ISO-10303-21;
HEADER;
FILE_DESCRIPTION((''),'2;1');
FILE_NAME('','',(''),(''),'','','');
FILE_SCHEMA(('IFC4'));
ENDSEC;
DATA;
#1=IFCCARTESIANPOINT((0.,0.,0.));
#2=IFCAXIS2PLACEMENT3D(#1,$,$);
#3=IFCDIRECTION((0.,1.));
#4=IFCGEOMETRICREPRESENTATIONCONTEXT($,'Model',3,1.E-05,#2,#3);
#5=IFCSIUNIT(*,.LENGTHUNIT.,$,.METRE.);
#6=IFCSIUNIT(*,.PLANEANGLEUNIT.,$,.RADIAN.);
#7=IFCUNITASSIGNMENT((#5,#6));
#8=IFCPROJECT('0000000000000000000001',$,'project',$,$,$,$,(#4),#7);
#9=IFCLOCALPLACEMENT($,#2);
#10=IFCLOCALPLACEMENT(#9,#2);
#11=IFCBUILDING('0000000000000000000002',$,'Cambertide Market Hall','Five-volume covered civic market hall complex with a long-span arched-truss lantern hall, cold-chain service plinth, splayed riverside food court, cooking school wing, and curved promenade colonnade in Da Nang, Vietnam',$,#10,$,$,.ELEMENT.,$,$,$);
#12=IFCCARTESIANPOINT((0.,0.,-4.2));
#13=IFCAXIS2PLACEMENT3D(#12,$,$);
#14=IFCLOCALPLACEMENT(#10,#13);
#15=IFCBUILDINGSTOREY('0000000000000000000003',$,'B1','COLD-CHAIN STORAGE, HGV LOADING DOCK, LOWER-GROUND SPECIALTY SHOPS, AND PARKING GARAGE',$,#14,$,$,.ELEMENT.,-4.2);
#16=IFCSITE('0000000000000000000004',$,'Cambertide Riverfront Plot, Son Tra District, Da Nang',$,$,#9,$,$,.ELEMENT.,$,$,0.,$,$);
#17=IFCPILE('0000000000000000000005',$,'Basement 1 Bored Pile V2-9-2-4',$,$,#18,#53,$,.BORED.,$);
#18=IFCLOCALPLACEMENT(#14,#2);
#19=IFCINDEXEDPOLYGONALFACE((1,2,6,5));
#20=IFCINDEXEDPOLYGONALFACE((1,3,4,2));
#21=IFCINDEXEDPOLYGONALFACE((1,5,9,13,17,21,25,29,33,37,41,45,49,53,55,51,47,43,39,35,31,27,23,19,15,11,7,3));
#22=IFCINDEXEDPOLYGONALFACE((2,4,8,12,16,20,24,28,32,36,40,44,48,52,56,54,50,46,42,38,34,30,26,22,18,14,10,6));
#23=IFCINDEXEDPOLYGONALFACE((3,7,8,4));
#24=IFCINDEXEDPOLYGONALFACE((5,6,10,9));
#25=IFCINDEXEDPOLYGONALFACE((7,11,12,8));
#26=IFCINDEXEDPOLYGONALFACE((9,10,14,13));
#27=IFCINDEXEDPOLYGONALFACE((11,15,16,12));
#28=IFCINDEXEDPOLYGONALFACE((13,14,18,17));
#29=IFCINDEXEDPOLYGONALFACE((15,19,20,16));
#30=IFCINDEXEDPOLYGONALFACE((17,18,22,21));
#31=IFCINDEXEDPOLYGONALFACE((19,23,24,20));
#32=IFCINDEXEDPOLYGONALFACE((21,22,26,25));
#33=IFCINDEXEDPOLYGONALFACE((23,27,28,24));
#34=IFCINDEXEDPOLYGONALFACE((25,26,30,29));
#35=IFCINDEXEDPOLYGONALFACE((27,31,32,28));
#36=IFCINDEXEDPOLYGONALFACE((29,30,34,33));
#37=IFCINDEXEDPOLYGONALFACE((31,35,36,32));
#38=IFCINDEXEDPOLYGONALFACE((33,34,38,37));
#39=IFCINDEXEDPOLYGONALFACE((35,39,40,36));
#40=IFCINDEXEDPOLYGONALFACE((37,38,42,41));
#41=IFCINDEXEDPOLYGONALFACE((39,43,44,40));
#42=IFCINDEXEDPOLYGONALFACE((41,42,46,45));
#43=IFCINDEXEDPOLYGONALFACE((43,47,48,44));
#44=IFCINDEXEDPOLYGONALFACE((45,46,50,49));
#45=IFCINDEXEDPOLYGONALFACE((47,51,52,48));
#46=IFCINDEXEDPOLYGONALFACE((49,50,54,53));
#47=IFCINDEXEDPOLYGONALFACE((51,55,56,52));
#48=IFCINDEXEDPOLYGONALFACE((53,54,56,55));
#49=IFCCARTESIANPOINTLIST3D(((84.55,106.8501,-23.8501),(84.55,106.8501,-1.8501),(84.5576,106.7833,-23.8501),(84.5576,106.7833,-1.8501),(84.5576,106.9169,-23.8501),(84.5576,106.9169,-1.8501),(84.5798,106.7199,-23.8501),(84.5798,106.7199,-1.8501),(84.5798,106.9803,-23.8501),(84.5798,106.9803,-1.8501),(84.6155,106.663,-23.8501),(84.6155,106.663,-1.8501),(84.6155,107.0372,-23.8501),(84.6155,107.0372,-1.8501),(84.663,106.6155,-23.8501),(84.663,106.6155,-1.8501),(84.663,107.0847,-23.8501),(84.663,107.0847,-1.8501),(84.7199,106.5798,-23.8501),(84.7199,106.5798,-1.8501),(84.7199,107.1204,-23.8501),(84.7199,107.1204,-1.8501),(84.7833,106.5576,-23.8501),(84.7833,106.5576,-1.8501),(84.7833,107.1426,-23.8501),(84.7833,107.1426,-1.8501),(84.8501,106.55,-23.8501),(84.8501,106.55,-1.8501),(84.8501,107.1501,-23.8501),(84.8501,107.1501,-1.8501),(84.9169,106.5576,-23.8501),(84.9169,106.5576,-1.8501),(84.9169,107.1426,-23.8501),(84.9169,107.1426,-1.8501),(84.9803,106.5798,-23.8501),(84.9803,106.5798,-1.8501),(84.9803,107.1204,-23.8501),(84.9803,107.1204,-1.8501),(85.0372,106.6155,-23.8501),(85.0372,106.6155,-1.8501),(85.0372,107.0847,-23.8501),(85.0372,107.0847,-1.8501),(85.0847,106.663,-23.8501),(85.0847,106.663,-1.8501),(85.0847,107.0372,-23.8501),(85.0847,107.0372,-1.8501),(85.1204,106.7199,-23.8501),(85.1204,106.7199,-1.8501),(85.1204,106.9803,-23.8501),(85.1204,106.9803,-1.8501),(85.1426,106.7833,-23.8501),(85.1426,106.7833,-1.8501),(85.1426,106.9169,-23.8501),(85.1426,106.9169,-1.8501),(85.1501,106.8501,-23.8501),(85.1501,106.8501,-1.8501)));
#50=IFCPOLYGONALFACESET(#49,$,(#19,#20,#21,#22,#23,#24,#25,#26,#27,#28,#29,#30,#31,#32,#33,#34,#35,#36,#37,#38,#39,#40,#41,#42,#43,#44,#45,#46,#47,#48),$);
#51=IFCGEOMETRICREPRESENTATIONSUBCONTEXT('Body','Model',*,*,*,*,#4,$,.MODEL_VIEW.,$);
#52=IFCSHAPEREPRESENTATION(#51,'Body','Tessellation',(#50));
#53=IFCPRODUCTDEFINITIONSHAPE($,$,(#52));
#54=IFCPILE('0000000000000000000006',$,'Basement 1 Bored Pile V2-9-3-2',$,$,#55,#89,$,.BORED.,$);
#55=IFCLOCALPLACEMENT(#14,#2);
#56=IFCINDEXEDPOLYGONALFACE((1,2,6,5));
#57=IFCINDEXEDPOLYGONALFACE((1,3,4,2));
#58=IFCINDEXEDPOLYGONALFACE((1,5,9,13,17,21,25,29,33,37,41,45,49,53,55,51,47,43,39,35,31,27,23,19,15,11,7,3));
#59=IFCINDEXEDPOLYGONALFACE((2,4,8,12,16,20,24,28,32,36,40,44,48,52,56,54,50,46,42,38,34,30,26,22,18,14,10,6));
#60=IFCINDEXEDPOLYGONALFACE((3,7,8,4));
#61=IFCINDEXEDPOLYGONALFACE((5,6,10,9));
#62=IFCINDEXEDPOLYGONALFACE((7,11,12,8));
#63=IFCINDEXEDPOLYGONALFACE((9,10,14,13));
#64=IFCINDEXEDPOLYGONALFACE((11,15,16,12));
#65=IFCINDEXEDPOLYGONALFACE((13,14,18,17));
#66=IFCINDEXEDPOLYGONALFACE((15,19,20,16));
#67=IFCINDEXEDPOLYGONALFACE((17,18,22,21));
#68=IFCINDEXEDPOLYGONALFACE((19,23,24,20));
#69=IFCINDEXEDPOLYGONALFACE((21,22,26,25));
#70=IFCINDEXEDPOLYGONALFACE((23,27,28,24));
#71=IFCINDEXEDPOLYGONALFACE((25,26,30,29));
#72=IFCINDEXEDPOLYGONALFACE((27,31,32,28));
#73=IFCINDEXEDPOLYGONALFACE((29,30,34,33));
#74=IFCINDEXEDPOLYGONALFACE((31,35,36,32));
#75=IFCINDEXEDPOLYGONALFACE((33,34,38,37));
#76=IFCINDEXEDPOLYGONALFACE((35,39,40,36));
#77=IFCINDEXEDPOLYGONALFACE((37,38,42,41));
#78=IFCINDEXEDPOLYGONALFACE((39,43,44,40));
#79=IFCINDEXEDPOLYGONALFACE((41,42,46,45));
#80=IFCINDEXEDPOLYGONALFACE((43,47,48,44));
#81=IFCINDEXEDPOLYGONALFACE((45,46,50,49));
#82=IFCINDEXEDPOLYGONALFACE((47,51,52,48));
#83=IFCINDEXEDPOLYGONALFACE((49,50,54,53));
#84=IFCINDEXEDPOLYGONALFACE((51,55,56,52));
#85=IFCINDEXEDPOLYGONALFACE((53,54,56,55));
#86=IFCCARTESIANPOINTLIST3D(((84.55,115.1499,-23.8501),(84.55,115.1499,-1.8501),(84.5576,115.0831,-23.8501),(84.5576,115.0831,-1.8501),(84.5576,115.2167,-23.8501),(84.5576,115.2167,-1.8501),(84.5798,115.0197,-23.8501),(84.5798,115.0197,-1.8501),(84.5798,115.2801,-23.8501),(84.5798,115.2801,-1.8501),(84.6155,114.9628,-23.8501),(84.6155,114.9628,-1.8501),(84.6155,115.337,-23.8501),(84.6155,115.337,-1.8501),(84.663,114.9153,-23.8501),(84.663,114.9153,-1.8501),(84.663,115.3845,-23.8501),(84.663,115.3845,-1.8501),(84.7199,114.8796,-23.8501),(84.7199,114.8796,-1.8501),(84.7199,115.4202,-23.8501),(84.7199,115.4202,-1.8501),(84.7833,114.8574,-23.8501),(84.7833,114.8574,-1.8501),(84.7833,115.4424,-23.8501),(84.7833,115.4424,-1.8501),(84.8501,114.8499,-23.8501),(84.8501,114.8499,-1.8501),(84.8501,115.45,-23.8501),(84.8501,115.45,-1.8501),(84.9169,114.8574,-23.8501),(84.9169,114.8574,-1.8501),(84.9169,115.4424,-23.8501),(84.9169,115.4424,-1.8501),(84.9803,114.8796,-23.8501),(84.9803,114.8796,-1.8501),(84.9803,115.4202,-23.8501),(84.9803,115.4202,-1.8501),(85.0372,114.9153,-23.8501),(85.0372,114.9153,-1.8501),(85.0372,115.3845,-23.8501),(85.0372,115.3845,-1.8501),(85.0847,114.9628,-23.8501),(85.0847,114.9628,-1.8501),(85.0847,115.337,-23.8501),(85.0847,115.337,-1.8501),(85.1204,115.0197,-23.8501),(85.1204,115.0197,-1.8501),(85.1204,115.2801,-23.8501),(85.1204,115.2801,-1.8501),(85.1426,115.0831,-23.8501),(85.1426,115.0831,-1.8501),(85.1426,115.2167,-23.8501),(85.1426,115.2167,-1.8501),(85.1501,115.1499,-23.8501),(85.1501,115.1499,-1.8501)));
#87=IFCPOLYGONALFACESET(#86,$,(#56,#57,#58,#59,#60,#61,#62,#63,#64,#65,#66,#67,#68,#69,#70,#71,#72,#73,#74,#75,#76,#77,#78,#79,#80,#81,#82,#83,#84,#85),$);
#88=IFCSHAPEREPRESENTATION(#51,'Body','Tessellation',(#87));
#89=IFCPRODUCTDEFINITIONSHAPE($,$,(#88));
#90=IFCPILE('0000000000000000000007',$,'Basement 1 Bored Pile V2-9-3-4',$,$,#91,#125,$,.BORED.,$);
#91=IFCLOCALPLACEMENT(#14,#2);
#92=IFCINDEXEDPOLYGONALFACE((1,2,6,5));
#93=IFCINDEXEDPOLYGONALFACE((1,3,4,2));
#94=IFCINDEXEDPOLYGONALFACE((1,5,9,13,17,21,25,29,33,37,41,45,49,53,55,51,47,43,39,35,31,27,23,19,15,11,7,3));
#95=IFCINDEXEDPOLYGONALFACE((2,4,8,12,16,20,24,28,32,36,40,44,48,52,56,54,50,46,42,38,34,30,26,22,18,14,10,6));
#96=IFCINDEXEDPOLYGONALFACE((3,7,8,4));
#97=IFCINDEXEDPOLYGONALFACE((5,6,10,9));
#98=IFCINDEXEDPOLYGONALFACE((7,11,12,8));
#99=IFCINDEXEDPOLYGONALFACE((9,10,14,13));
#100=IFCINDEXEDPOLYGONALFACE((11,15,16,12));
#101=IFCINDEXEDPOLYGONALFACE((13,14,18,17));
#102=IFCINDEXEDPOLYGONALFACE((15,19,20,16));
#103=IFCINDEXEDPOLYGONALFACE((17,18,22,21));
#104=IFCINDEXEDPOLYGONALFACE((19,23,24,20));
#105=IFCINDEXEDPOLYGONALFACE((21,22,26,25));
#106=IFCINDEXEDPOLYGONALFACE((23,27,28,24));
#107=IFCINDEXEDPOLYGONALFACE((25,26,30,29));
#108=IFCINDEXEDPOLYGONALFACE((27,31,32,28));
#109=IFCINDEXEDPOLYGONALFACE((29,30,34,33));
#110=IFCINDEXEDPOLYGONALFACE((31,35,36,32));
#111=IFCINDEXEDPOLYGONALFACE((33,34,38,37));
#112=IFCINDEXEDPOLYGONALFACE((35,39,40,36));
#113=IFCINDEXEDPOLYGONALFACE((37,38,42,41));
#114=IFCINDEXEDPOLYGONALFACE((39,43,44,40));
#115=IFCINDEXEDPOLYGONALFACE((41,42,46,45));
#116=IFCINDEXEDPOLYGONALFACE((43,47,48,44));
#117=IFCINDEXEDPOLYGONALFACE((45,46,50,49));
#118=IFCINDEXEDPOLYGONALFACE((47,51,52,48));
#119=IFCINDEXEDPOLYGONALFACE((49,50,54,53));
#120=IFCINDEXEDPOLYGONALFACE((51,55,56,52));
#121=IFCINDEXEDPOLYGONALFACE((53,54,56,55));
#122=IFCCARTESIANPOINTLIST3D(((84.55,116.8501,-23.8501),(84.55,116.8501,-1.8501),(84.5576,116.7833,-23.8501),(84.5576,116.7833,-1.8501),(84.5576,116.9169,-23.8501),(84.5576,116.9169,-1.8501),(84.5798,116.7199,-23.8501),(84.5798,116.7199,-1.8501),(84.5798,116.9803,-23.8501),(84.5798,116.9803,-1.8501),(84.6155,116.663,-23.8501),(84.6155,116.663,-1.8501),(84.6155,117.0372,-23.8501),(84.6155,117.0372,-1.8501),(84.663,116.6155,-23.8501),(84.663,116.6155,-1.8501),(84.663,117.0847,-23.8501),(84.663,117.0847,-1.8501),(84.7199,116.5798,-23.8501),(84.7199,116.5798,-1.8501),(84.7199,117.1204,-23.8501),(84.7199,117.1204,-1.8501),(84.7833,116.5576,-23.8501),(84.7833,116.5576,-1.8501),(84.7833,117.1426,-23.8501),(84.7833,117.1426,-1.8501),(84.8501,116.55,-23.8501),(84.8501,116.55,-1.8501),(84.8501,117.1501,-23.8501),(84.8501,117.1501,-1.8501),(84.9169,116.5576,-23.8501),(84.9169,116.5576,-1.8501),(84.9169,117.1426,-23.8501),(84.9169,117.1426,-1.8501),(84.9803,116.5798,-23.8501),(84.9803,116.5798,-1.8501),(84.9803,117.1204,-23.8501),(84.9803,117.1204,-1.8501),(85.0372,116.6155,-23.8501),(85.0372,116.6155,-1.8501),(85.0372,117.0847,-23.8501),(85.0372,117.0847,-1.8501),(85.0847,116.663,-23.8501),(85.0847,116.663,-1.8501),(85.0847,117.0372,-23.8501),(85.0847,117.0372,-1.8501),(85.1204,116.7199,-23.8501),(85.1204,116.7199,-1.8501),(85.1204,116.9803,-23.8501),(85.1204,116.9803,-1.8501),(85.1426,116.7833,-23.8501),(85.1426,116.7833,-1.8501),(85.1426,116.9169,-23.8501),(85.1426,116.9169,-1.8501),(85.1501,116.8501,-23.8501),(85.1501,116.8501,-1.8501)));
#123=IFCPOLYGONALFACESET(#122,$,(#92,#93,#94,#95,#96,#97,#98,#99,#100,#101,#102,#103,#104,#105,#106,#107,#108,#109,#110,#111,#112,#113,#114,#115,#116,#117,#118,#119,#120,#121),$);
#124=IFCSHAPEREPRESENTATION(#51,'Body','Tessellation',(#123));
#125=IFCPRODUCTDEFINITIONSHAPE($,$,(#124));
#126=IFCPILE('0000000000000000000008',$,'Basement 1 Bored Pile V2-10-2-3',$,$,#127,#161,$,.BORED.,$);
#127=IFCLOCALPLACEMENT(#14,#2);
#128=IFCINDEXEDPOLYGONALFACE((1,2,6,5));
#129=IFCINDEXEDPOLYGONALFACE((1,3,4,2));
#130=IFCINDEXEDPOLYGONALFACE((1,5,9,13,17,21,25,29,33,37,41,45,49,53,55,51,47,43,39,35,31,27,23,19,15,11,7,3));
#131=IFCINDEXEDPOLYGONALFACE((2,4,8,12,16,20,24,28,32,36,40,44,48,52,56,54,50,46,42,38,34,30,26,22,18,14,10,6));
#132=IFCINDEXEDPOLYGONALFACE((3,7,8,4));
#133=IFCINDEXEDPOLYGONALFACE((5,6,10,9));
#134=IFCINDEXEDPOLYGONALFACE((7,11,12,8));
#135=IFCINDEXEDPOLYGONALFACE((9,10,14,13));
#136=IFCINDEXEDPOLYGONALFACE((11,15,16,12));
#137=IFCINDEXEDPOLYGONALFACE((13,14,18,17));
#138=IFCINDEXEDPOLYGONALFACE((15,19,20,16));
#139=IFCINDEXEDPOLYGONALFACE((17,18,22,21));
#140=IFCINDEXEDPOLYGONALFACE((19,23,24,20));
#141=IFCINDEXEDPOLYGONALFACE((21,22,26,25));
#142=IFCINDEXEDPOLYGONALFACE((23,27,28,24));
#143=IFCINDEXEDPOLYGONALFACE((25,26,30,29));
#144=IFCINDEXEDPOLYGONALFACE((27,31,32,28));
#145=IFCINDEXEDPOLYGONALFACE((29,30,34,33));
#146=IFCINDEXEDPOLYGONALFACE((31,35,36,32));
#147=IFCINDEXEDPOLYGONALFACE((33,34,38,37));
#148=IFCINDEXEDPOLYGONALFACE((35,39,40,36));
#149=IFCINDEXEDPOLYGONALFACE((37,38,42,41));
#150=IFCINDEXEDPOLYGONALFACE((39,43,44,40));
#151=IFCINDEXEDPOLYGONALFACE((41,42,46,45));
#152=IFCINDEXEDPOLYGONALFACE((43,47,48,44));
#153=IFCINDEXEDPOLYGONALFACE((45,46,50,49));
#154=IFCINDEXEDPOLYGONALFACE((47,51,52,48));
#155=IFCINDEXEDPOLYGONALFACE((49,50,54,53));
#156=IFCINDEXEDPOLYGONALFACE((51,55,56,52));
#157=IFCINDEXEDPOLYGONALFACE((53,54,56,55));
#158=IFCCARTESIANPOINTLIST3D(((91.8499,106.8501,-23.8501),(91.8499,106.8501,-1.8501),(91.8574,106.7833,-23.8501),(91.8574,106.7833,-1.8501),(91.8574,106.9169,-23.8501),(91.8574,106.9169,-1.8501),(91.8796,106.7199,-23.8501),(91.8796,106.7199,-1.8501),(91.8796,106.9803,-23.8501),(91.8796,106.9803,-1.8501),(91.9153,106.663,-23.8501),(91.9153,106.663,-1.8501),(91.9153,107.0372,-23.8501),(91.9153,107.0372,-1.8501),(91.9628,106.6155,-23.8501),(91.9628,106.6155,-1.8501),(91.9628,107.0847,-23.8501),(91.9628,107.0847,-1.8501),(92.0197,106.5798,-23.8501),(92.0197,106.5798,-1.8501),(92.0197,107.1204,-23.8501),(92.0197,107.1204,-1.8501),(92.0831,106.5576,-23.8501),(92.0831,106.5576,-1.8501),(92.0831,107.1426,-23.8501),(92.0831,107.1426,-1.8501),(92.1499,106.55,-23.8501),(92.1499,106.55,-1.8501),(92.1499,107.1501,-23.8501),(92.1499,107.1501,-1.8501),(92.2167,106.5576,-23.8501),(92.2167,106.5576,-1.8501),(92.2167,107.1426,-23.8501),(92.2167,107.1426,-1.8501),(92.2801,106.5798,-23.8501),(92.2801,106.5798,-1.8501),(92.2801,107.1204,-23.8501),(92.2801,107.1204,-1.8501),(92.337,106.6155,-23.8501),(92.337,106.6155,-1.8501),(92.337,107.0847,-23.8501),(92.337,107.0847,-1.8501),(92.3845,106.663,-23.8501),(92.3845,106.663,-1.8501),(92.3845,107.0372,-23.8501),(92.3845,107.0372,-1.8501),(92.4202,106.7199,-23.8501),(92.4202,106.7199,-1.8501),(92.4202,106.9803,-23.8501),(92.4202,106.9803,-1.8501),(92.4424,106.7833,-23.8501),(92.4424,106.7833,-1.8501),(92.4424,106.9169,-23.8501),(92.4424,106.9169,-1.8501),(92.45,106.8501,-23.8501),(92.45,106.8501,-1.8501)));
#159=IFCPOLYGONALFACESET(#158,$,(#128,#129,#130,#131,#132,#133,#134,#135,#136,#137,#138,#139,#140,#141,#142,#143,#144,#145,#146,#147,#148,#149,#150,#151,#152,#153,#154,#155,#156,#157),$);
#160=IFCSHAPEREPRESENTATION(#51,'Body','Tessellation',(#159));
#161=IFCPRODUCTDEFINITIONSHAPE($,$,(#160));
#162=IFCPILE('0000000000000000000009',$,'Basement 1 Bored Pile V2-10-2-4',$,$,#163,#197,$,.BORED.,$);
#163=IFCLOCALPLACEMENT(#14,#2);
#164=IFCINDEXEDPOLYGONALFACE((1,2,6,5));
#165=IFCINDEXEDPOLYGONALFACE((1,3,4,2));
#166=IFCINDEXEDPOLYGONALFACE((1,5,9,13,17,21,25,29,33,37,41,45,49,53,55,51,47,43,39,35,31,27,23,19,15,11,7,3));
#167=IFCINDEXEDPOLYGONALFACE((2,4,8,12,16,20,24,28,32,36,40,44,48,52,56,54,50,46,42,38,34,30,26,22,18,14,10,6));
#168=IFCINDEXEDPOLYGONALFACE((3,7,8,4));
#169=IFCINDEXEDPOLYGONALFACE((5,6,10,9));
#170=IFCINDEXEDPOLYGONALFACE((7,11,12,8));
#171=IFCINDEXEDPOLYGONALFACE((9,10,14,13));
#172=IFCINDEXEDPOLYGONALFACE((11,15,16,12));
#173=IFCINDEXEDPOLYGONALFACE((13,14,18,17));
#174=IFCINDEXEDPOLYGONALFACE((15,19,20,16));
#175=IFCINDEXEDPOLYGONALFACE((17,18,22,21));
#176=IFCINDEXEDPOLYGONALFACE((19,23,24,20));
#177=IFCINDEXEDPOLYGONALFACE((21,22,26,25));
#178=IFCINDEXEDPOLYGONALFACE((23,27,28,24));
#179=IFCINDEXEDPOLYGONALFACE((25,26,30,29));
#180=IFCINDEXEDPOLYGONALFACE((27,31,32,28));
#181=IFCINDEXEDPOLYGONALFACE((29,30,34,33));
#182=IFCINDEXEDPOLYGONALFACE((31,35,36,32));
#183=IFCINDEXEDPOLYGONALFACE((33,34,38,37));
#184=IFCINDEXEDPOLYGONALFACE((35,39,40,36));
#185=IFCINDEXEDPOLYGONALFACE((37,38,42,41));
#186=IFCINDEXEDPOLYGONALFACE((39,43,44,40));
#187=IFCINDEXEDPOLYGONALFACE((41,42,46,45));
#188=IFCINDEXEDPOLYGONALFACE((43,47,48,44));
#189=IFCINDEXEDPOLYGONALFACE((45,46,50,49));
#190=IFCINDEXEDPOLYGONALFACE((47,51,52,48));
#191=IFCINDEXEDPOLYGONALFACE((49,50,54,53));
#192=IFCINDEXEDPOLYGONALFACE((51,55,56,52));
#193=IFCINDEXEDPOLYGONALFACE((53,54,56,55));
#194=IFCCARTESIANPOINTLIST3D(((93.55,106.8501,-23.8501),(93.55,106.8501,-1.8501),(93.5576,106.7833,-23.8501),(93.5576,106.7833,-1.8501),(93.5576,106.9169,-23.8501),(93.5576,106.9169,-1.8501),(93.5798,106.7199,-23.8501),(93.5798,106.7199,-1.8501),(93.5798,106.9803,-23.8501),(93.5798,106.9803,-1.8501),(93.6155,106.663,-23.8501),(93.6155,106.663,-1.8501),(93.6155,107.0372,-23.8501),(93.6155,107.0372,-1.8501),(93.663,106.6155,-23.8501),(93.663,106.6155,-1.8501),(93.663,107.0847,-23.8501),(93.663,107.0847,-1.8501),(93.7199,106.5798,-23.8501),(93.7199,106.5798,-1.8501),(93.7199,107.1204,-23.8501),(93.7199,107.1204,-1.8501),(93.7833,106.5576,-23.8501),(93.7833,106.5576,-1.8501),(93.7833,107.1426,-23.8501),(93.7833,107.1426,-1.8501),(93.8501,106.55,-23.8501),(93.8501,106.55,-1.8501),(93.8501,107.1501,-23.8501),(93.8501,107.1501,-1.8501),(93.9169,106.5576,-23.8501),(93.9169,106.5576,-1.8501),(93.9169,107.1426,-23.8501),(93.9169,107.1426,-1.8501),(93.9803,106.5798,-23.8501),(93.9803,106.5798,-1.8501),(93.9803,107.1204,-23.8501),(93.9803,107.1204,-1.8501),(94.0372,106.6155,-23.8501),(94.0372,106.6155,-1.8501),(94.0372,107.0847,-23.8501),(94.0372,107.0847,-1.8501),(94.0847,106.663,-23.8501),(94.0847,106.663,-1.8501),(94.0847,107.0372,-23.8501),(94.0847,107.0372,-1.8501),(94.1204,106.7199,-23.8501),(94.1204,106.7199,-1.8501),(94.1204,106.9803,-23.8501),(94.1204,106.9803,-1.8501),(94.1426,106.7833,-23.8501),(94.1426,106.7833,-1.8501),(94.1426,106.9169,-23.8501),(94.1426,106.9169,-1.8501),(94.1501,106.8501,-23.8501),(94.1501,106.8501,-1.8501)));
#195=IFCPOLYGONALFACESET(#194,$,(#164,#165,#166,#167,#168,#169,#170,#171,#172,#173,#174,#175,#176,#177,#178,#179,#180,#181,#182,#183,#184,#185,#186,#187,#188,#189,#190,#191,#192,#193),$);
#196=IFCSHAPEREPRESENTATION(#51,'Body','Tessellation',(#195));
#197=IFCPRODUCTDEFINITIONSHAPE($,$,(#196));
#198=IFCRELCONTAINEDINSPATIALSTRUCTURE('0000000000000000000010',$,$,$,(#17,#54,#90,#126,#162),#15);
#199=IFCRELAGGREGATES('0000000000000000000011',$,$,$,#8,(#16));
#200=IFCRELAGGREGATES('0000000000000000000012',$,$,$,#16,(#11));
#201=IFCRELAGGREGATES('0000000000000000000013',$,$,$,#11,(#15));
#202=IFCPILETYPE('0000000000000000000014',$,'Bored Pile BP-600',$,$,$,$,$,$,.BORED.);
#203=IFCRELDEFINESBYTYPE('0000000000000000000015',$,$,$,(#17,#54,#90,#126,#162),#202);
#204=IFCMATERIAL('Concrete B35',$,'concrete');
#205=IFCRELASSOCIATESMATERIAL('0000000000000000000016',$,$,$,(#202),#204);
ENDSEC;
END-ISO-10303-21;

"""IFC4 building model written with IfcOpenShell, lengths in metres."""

from ifc_helpers import new_model, si_unit, direction, frame, origin, origin_2d, place, context, subcontext, project, spatial, circle, extrude, material, material_profile, profile_set, type_object, element, save


model = new_model("IFC4")

# Units and contexts
model_context = context("Model", 3, precision=1e-05, world=origin(), true_north=direction((0.0, 1.0)))
body_context = subcontext(model_context, "Body", "Model", "MODEL_VIEW")
ifc_project = project(units=[si_unit("LENGTHUNIT", "METRE"), si_unit("PLANEANGLEUNIT", "RADIAN")], contexts=[model_context])

# Site, building, storey
site_placement = place(None, origin())
site = spatial("IfcSite", under=ifc_project, at=site_placement, Name="Cambertide Riverfront Plot, Son Tra District, Da Nang", CompositionType="ELEMENT", RefElevation=0.0)
building_placement = place(site_placement, origin())
building = spatial("IfcBuilding", under=site, at=building_placement, Name="Cambertide Market Hall", Description="Five-volume covered civic market hall complex with a long-span arched-truss lantern hall, cold-chain service plinth, splayed riverside food court, cooking school wing, and curved promenade colonnade in Da Nang, Vietnam", CompositionType="ELEMENT")
storey_placement = place(building_placement, frame((0.0, 0.0, -4.2)))
storey = spatial("IfcBuildingStorey", under=building, at=storey_placement, Name="B1", Description="COLD-CHAIN STORAGE, HGV LOADING DOCK, LOWER-GROUND SPECIALTY SHOPS, AND PARKING GARAGE", CompositionType="ELEMENT", Elevation=-4.2)

# Piles
ifc_material_1 = material(Name="Concrete B35", Category="concrete")
ifc_material_profile_1 = material_profile(ifc_material_1, circle(Radius=0.3, at=origin_2d()), Name="BP D600")
ifc_profile_set_1 = profile_set([ifc_material_profile_1], Name="Concrete B35")
pile_type = type_object("IfcPileType", Name="Bored Pile BP-600", PredefinedType="BORED", material=ifc_profile_set_1)
for number, where, z_axis, x_axis, name in (
    (1, (84.8501, 106.8501, -1.8501), (0.0, 0.0, -1.0), (1.0, 0.0, 0.0), "Basement 1 Bored Pile V2-9-2-4"),
    (2, (84.8501, 115.1499, -1.8501), (0.0, 0.0, -1.0), (1.0, 0.0, 0.0), "Basement 1 Bored Pile V2-9-3-2"),
    (3, (84.8501, 116.8501, -1.8501), (0.0, 0.0, -1.0), (1.0, 0.0, 0.0), "Basement 1 Bored Pile V2-9-3-4"),
    (4, (92.1499, 106.8501, -1.8501), (0.0, 0.0, -1.0), (1.0, 0.0, 0.0), "Basement 1 Bored Pile V2-10-2-3"),
    (5, (93.8501, 106.8501, -1.8501), (0.0, 0.0, -1.0), (1.0, 0.0, 0.0), "Basement 1 Bored Pile V2-10-2-4"),
):
    element("IfcPile", number, at=place(storey_placement, frame(where, z_axis=z_axis, x_axis=x_axis)), inside=storey, type_object=pile_type, Name=name, PredefinedType="BORED", context=body_context, shape_type="SweptSolid", body=[
        extrude(circle(Radius=0.3, at=origin_2d()), origin(), (0.0, 0.0, 1.0), 22.0),
    ])

save(model, "model.ifc")
